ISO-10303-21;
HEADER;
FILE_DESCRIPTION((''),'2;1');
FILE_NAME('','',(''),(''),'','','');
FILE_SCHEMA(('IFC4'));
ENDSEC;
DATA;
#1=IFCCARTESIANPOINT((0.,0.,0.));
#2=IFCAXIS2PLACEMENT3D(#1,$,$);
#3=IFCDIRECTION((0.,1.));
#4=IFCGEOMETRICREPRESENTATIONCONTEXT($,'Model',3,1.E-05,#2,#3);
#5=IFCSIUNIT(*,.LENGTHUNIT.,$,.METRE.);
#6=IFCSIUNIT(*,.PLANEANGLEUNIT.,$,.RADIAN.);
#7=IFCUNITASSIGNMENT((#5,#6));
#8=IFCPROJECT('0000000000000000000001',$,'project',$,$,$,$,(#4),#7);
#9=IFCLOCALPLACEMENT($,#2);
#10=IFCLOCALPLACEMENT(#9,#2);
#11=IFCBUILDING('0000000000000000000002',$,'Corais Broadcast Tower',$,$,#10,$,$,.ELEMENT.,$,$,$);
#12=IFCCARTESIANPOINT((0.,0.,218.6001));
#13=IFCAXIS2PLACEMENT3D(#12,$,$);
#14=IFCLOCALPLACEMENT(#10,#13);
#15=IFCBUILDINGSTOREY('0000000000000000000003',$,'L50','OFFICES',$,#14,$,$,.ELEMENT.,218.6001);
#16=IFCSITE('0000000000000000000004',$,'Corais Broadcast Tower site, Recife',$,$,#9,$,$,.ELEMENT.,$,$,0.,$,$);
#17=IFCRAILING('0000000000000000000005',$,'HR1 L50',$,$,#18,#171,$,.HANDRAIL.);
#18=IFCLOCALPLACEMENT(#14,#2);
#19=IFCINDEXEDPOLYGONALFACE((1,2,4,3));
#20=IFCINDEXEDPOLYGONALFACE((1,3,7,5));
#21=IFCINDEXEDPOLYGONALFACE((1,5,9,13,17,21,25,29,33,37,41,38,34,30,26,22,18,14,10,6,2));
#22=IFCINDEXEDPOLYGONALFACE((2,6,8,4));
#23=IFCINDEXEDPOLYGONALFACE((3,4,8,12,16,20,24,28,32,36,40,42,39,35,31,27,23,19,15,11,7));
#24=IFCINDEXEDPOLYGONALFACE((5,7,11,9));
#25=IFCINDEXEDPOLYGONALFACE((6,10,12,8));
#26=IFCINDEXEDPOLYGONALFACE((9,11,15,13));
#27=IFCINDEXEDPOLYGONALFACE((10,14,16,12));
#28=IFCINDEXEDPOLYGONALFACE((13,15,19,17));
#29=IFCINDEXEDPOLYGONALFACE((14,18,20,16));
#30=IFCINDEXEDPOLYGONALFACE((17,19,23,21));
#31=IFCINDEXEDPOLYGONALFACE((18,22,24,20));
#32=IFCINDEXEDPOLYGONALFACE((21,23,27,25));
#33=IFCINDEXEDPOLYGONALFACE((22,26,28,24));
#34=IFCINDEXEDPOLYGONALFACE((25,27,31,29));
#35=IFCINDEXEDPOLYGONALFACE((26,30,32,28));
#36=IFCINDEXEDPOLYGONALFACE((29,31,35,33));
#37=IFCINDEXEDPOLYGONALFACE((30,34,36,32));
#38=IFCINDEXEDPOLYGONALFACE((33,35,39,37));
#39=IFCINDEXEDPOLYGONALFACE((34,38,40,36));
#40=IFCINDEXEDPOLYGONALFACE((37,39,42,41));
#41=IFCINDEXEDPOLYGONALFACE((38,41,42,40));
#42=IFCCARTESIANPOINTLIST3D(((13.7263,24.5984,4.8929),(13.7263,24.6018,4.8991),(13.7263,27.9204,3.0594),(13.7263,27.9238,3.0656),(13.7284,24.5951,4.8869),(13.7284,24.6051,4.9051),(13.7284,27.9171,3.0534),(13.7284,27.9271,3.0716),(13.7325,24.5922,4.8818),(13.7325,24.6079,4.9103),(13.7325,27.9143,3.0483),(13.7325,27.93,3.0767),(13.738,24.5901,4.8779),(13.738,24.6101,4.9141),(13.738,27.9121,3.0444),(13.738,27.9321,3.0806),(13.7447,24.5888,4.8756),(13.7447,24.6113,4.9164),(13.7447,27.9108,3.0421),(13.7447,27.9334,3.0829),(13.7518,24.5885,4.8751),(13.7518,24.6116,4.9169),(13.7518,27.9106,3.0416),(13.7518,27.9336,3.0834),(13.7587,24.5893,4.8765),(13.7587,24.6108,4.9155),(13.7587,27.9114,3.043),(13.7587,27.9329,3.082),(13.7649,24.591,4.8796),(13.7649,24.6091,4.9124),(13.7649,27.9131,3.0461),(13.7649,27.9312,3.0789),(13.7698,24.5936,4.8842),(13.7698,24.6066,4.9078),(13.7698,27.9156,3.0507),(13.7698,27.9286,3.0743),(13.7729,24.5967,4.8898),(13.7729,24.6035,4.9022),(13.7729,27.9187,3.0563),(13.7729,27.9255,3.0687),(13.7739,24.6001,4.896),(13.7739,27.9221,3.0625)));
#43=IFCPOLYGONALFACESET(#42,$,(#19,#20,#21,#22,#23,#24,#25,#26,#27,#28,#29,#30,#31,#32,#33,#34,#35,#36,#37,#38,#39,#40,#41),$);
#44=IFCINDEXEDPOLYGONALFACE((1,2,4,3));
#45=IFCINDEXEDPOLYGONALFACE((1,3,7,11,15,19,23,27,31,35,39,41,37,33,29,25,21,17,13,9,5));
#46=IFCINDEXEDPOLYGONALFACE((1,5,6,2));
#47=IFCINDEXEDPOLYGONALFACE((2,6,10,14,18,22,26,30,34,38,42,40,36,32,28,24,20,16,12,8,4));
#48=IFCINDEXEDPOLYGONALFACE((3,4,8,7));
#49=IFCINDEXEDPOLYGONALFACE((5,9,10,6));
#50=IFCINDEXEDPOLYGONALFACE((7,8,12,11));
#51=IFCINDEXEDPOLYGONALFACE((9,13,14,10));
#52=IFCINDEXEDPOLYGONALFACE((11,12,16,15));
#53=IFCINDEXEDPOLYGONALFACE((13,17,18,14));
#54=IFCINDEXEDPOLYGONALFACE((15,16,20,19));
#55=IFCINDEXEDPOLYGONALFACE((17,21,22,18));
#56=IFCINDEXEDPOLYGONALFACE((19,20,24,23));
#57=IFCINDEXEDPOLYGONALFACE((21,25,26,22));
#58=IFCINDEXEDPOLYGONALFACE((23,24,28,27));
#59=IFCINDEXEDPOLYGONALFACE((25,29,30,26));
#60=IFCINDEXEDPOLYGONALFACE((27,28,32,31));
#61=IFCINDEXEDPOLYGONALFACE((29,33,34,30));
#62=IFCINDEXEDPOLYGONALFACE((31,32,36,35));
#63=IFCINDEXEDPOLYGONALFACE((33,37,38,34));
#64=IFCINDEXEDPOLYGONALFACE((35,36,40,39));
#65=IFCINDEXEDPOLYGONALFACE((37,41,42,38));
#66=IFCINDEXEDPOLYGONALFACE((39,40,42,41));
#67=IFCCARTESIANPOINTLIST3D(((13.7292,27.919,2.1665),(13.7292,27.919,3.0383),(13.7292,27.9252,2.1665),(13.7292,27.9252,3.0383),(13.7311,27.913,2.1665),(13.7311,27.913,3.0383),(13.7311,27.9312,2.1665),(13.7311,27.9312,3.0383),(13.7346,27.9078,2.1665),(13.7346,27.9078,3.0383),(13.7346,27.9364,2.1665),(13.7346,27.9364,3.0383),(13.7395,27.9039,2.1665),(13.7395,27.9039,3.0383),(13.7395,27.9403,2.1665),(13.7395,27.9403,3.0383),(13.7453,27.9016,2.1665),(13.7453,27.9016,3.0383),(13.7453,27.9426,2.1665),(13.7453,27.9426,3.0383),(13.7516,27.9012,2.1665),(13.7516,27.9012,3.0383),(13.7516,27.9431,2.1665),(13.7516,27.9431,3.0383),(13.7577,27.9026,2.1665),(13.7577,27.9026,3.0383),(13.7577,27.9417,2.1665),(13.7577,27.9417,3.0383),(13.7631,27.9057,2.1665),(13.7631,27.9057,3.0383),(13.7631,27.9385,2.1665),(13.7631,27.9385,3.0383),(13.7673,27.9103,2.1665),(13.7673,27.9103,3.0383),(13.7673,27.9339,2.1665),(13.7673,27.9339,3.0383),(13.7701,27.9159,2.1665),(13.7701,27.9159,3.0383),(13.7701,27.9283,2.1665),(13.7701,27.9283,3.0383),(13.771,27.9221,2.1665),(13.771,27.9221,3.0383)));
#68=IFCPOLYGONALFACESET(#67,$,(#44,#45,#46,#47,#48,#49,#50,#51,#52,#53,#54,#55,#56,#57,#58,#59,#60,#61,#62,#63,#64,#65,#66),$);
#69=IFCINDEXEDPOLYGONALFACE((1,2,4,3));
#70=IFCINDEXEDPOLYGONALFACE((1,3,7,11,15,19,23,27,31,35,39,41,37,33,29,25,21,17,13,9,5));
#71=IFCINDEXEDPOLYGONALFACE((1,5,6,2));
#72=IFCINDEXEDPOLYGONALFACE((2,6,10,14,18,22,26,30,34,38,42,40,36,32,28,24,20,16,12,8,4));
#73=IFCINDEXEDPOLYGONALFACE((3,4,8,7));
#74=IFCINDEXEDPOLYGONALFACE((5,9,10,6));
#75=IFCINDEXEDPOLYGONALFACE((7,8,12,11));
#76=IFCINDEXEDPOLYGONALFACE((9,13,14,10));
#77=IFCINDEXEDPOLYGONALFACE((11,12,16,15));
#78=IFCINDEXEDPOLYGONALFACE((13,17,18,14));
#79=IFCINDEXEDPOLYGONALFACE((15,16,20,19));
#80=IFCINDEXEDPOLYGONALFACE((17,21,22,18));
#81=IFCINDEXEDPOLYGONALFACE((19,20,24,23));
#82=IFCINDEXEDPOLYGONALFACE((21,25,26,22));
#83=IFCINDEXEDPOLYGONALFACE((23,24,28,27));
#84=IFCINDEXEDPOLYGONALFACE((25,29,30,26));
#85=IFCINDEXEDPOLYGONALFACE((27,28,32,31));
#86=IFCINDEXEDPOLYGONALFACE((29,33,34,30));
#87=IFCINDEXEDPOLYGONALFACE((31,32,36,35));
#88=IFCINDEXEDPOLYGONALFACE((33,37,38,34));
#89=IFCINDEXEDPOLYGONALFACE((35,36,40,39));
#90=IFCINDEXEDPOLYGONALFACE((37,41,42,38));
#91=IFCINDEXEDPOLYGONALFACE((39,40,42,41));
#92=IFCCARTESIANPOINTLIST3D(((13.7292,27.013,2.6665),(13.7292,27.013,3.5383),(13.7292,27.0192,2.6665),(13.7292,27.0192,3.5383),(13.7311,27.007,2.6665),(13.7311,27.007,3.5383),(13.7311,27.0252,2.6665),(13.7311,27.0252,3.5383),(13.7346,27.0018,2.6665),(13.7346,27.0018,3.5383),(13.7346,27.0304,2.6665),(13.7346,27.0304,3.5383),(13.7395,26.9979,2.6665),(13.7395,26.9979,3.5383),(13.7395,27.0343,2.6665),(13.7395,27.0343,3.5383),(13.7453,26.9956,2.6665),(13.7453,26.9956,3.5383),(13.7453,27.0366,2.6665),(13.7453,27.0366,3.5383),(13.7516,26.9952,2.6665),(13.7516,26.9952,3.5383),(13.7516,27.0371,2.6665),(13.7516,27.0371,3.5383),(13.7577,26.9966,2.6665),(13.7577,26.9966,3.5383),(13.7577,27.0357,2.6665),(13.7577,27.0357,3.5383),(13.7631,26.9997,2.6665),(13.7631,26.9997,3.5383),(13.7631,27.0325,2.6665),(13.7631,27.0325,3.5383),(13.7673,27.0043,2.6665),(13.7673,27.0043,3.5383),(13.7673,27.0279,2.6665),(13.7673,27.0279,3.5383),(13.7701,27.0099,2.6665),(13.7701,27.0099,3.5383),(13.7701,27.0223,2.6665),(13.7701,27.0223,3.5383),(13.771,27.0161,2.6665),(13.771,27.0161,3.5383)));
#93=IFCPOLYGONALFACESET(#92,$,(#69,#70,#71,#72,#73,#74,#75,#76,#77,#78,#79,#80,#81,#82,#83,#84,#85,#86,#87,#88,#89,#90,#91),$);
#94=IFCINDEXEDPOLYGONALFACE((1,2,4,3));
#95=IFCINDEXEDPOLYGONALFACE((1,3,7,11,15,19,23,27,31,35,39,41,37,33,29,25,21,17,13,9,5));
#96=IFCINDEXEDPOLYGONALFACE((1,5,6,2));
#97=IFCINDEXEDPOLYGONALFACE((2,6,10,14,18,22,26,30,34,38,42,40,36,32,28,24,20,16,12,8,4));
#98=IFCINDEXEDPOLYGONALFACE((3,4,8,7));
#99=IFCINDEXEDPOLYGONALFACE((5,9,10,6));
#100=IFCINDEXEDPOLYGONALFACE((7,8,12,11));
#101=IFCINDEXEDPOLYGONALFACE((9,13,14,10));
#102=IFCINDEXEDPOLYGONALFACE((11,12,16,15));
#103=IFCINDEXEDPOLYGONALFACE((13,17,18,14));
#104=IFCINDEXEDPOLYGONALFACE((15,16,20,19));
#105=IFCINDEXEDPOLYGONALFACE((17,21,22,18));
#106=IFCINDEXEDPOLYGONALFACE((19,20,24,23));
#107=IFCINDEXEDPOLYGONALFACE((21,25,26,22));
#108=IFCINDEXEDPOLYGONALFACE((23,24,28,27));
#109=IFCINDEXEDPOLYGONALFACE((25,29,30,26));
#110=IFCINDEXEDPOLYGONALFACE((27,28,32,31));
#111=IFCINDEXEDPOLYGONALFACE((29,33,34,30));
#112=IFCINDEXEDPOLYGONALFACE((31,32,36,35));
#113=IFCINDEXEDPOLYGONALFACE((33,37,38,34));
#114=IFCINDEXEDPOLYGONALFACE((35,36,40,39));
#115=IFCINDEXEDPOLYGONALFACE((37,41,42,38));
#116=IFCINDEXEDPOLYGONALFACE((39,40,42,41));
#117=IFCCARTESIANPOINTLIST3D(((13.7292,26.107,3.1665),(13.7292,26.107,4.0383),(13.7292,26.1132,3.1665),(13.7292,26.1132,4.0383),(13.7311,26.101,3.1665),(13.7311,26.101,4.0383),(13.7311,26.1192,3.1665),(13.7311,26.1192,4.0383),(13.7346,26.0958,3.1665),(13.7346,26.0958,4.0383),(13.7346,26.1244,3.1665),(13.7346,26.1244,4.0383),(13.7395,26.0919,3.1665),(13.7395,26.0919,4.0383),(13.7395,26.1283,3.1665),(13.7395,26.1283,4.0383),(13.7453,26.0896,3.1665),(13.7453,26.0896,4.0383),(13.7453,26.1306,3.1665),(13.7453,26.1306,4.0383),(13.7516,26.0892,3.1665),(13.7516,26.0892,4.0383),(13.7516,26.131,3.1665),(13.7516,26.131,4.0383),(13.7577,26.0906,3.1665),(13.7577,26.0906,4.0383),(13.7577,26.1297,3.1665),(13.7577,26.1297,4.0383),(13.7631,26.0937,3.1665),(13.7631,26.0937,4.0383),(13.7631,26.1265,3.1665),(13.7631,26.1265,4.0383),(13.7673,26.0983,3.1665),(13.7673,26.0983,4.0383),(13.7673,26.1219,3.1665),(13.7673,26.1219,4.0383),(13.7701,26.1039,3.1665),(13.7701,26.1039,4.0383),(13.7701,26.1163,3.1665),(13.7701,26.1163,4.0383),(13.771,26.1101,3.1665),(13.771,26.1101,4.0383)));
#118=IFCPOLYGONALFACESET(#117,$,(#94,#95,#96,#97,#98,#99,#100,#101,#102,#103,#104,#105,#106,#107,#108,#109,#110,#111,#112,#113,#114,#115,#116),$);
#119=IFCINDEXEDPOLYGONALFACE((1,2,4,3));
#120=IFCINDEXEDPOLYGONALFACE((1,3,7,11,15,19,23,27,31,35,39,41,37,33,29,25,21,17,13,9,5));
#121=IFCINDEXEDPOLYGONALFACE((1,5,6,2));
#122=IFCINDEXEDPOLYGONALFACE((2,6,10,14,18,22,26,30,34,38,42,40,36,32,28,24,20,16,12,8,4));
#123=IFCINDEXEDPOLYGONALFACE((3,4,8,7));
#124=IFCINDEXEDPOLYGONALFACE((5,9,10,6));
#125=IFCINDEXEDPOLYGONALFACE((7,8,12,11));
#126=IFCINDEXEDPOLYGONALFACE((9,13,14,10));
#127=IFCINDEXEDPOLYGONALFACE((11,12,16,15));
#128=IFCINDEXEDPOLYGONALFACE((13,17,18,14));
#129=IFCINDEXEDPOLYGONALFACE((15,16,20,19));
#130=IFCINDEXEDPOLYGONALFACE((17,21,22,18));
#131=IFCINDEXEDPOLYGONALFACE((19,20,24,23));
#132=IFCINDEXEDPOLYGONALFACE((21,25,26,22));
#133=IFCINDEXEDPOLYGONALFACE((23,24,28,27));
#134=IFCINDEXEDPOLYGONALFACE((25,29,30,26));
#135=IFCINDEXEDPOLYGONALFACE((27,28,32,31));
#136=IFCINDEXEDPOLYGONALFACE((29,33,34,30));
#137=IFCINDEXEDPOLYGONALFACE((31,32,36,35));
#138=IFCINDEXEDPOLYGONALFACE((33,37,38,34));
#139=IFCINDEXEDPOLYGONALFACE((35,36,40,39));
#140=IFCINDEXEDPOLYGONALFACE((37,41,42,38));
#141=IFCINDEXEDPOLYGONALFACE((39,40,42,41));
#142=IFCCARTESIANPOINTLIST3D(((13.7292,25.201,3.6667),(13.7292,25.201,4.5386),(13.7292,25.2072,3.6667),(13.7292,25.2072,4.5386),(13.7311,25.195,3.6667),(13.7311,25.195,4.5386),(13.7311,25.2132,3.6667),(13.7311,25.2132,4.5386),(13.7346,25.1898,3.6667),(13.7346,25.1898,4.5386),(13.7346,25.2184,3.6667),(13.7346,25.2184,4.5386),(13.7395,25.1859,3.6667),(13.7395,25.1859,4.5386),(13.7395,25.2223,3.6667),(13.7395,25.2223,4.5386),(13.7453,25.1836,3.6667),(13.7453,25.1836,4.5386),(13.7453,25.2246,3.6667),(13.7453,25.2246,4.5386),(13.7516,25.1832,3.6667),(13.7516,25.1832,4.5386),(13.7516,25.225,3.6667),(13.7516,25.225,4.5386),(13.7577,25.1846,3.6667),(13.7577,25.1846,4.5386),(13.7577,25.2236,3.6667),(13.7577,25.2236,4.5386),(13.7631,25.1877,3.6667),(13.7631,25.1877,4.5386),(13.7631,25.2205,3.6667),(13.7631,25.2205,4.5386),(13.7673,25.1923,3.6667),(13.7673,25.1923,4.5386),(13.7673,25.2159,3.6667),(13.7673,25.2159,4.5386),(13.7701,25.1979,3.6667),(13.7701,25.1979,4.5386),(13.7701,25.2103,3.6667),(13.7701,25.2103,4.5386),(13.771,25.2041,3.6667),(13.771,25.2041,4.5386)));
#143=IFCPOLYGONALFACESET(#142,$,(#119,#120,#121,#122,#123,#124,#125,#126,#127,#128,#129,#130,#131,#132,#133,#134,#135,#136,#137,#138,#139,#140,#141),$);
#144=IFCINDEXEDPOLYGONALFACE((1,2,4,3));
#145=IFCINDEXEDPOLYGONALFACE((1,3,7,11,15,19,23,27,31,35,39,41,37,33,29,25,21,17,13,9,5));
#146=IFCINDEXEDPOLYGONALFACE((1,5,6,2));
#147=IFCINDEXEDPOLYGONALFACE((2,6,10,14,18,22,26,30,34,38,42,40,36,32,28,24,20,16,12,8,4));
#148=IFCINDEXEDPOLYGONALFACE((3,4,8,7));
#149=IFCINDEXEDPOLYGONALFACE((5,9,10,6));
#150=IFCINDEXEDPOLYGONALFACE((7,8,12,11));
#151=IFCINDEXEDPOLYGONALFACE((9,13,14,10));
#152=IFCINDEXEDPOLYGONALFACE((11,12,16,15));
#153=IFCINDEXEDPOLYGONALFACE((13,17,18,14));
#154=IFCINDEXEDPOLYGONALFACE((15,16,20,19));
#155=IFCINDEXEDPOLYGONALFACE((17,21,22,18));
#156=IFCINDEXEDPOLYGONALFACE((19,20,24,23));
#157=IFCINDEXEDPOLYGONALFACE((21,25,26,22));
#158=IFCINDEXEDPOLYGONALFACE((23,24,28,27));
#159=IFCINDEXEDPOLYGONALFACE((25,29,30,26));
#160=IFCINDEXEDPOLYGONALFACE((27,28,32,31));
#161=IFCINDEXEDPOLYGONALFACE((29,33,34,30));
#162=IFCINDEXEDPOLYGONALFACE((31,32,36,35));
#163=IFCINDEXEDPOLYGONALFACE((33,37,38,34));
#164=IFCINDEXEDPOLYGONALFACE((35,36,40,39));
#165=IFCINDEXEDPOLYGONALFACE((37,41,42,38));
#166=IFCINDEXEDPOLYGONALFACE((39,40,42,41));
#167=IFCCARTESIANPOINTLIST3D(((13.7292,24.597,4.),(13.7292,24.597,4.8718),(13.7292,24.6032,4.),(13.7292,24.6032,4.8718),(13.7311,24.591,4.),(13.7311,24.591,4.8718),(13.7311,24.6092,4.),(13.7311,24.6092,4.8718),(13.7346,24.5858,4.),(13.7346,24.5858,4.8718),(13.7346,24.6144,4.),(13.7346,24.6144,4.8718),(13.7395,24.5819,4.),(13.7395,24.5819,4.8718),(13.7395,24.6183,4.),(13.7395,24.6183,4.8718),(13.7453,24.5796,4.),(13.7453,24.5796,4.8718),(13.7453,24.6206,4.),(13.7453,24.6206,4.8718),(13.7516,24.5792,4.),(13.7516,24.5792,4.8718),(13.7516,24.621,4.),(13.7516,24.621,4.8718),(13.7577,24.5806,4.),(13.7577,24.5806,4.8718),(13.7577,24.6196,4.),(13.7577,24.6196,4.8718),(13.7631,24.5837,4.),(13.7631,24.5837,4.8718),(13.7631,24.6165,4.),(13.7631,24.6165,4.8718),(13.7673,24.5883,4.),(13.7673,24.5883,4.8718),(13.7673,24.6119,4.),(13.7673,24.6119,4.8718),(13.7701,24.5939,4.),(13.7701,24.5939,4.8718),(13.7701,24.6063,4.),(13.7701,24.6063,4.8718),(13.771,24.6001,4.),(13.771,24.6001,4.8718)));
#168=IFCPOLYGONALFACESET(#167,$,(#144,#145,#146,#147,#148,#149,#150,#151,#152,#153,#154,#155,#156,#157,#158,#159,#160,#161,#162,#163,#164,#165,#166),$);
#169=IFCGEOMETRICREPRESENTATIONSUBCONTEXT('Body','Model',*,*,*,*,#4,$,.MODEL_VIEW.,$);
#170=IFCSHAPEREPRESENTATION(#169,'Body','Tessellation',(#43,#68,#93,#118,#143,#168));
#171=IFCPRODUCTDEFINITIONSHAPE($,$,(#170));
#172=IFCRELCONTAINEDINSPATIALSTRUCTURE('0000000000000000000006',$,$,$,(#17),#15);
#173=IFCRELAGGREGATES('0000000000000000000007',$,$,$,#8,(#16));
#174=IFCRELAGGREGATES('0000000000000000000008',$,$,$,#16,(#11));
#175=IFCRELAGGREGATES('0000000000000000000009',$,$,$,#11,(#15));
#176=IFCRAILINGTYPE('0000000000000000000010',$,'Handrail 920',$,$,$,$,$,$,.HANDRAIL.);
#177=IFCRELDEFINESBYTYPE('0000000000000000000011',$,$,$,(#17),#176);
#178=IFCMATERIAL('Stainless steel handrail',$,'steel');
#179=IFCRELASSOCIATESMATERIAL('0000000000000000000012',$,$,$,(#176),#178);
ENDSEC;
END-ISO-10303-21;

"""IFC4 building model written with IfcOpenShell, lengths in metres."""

from ifc_helpers import new_model, si_unit, direction, frame, origin, origin_2d, place, context, subcontext, project, spatial, circle, extrude, material, type_object, element, save


model = new_model("IFC4")

# Units and contexts
model_context = context("Model", 3, precision=1e-05, world=origin(), true_north=direction((0.0, 1.0)))
body_context = subcontext(model_context, "Body", "Model", "MODEL_VIEW")
ifc_project = project(units=[si_unit("LENGTHUNIT", "METRE"), si_unit("PLANEANGLEUNIT", "RADIAN")], contexts=[model_context])

# Site, building, storey
site_placement = place(None, origin())
site = spatial("IfcSite", under=ifc_project, at=site_placement, Name="Corais Broadcast Tower site, Recife", CompositionType="ELEMENT", RefElevation=0.0)
building_placement = place(site_placement, origin())
building = spatial("IfcBuilding", under=site, at=building_placement, Name="Corais Broadcast Tower", CompositionType="ELEMENT")
storey_placement = place(building_placement, frame((0.0, 0.0, 218.6001)))
storey = spatial("IfcBuildingStorey", under=building, at=storey_placement, Name="L50", Description="OFFICES", CompositionType="ELEMENT", Elevation=218.6001)

# Railing
ifc_material_1 = material(Name="Stainless steel handrail", Category="steel")
railing_type = type_object("IfcRailingType", Name="Handrail 920", PredefinedType="HANDRAIL", material=ifc_material_1)
for number, where, name in (
    (1, (13.75, 27.9221, 2.1665), "HR1 L50"),
):
    element("IfcRailing", number, at=place(storey_placement, frame(where)), inside=storey, type_object=railing_type, Name=name, PredefinedType="HANDRAIL", context=body_context, shape_type="SweptSolid", body=[
        extrude(circle(Radius=0.0239, at=origin_2d()), frame((0.0, 0.0, 0.896), z_axis=(0.0, -0.875504, 0.48321), x_axis=(1.0, 0.0, 0.0)), (0.0, 0.0, 1.0), 3.7944),
        extrude(circle(Radius=0.021, at=origin_2d()), origin(), (0.0, 0.0, 1.0), 0.8718),
        extrude(circle(Radius=0.021, at=origin_2d()), frame((0.0, -0.906, 0.5)), (0.0, 0.0, 1.0), 0.8718),
        extrude(circle(Radius=0.021, at=origin_2d()), frame((0.0, -1.812, 1.0)), (0.0, 0.0, 1.0), 0.8718),
        extrude(circle(Radius=0.021, at=origin_2d()), frame((0.0, -2.718, 1.5002)), (0.0, 0.0, 1.0), 0.8718),
        extrude(circle(Radius=0.021, at=origin_2d()), frame((0.0, -3.322, 1.8335)), (0.0, 0.0, 1.0), 0.8718),
    ])

save(model, "model.ifc")
